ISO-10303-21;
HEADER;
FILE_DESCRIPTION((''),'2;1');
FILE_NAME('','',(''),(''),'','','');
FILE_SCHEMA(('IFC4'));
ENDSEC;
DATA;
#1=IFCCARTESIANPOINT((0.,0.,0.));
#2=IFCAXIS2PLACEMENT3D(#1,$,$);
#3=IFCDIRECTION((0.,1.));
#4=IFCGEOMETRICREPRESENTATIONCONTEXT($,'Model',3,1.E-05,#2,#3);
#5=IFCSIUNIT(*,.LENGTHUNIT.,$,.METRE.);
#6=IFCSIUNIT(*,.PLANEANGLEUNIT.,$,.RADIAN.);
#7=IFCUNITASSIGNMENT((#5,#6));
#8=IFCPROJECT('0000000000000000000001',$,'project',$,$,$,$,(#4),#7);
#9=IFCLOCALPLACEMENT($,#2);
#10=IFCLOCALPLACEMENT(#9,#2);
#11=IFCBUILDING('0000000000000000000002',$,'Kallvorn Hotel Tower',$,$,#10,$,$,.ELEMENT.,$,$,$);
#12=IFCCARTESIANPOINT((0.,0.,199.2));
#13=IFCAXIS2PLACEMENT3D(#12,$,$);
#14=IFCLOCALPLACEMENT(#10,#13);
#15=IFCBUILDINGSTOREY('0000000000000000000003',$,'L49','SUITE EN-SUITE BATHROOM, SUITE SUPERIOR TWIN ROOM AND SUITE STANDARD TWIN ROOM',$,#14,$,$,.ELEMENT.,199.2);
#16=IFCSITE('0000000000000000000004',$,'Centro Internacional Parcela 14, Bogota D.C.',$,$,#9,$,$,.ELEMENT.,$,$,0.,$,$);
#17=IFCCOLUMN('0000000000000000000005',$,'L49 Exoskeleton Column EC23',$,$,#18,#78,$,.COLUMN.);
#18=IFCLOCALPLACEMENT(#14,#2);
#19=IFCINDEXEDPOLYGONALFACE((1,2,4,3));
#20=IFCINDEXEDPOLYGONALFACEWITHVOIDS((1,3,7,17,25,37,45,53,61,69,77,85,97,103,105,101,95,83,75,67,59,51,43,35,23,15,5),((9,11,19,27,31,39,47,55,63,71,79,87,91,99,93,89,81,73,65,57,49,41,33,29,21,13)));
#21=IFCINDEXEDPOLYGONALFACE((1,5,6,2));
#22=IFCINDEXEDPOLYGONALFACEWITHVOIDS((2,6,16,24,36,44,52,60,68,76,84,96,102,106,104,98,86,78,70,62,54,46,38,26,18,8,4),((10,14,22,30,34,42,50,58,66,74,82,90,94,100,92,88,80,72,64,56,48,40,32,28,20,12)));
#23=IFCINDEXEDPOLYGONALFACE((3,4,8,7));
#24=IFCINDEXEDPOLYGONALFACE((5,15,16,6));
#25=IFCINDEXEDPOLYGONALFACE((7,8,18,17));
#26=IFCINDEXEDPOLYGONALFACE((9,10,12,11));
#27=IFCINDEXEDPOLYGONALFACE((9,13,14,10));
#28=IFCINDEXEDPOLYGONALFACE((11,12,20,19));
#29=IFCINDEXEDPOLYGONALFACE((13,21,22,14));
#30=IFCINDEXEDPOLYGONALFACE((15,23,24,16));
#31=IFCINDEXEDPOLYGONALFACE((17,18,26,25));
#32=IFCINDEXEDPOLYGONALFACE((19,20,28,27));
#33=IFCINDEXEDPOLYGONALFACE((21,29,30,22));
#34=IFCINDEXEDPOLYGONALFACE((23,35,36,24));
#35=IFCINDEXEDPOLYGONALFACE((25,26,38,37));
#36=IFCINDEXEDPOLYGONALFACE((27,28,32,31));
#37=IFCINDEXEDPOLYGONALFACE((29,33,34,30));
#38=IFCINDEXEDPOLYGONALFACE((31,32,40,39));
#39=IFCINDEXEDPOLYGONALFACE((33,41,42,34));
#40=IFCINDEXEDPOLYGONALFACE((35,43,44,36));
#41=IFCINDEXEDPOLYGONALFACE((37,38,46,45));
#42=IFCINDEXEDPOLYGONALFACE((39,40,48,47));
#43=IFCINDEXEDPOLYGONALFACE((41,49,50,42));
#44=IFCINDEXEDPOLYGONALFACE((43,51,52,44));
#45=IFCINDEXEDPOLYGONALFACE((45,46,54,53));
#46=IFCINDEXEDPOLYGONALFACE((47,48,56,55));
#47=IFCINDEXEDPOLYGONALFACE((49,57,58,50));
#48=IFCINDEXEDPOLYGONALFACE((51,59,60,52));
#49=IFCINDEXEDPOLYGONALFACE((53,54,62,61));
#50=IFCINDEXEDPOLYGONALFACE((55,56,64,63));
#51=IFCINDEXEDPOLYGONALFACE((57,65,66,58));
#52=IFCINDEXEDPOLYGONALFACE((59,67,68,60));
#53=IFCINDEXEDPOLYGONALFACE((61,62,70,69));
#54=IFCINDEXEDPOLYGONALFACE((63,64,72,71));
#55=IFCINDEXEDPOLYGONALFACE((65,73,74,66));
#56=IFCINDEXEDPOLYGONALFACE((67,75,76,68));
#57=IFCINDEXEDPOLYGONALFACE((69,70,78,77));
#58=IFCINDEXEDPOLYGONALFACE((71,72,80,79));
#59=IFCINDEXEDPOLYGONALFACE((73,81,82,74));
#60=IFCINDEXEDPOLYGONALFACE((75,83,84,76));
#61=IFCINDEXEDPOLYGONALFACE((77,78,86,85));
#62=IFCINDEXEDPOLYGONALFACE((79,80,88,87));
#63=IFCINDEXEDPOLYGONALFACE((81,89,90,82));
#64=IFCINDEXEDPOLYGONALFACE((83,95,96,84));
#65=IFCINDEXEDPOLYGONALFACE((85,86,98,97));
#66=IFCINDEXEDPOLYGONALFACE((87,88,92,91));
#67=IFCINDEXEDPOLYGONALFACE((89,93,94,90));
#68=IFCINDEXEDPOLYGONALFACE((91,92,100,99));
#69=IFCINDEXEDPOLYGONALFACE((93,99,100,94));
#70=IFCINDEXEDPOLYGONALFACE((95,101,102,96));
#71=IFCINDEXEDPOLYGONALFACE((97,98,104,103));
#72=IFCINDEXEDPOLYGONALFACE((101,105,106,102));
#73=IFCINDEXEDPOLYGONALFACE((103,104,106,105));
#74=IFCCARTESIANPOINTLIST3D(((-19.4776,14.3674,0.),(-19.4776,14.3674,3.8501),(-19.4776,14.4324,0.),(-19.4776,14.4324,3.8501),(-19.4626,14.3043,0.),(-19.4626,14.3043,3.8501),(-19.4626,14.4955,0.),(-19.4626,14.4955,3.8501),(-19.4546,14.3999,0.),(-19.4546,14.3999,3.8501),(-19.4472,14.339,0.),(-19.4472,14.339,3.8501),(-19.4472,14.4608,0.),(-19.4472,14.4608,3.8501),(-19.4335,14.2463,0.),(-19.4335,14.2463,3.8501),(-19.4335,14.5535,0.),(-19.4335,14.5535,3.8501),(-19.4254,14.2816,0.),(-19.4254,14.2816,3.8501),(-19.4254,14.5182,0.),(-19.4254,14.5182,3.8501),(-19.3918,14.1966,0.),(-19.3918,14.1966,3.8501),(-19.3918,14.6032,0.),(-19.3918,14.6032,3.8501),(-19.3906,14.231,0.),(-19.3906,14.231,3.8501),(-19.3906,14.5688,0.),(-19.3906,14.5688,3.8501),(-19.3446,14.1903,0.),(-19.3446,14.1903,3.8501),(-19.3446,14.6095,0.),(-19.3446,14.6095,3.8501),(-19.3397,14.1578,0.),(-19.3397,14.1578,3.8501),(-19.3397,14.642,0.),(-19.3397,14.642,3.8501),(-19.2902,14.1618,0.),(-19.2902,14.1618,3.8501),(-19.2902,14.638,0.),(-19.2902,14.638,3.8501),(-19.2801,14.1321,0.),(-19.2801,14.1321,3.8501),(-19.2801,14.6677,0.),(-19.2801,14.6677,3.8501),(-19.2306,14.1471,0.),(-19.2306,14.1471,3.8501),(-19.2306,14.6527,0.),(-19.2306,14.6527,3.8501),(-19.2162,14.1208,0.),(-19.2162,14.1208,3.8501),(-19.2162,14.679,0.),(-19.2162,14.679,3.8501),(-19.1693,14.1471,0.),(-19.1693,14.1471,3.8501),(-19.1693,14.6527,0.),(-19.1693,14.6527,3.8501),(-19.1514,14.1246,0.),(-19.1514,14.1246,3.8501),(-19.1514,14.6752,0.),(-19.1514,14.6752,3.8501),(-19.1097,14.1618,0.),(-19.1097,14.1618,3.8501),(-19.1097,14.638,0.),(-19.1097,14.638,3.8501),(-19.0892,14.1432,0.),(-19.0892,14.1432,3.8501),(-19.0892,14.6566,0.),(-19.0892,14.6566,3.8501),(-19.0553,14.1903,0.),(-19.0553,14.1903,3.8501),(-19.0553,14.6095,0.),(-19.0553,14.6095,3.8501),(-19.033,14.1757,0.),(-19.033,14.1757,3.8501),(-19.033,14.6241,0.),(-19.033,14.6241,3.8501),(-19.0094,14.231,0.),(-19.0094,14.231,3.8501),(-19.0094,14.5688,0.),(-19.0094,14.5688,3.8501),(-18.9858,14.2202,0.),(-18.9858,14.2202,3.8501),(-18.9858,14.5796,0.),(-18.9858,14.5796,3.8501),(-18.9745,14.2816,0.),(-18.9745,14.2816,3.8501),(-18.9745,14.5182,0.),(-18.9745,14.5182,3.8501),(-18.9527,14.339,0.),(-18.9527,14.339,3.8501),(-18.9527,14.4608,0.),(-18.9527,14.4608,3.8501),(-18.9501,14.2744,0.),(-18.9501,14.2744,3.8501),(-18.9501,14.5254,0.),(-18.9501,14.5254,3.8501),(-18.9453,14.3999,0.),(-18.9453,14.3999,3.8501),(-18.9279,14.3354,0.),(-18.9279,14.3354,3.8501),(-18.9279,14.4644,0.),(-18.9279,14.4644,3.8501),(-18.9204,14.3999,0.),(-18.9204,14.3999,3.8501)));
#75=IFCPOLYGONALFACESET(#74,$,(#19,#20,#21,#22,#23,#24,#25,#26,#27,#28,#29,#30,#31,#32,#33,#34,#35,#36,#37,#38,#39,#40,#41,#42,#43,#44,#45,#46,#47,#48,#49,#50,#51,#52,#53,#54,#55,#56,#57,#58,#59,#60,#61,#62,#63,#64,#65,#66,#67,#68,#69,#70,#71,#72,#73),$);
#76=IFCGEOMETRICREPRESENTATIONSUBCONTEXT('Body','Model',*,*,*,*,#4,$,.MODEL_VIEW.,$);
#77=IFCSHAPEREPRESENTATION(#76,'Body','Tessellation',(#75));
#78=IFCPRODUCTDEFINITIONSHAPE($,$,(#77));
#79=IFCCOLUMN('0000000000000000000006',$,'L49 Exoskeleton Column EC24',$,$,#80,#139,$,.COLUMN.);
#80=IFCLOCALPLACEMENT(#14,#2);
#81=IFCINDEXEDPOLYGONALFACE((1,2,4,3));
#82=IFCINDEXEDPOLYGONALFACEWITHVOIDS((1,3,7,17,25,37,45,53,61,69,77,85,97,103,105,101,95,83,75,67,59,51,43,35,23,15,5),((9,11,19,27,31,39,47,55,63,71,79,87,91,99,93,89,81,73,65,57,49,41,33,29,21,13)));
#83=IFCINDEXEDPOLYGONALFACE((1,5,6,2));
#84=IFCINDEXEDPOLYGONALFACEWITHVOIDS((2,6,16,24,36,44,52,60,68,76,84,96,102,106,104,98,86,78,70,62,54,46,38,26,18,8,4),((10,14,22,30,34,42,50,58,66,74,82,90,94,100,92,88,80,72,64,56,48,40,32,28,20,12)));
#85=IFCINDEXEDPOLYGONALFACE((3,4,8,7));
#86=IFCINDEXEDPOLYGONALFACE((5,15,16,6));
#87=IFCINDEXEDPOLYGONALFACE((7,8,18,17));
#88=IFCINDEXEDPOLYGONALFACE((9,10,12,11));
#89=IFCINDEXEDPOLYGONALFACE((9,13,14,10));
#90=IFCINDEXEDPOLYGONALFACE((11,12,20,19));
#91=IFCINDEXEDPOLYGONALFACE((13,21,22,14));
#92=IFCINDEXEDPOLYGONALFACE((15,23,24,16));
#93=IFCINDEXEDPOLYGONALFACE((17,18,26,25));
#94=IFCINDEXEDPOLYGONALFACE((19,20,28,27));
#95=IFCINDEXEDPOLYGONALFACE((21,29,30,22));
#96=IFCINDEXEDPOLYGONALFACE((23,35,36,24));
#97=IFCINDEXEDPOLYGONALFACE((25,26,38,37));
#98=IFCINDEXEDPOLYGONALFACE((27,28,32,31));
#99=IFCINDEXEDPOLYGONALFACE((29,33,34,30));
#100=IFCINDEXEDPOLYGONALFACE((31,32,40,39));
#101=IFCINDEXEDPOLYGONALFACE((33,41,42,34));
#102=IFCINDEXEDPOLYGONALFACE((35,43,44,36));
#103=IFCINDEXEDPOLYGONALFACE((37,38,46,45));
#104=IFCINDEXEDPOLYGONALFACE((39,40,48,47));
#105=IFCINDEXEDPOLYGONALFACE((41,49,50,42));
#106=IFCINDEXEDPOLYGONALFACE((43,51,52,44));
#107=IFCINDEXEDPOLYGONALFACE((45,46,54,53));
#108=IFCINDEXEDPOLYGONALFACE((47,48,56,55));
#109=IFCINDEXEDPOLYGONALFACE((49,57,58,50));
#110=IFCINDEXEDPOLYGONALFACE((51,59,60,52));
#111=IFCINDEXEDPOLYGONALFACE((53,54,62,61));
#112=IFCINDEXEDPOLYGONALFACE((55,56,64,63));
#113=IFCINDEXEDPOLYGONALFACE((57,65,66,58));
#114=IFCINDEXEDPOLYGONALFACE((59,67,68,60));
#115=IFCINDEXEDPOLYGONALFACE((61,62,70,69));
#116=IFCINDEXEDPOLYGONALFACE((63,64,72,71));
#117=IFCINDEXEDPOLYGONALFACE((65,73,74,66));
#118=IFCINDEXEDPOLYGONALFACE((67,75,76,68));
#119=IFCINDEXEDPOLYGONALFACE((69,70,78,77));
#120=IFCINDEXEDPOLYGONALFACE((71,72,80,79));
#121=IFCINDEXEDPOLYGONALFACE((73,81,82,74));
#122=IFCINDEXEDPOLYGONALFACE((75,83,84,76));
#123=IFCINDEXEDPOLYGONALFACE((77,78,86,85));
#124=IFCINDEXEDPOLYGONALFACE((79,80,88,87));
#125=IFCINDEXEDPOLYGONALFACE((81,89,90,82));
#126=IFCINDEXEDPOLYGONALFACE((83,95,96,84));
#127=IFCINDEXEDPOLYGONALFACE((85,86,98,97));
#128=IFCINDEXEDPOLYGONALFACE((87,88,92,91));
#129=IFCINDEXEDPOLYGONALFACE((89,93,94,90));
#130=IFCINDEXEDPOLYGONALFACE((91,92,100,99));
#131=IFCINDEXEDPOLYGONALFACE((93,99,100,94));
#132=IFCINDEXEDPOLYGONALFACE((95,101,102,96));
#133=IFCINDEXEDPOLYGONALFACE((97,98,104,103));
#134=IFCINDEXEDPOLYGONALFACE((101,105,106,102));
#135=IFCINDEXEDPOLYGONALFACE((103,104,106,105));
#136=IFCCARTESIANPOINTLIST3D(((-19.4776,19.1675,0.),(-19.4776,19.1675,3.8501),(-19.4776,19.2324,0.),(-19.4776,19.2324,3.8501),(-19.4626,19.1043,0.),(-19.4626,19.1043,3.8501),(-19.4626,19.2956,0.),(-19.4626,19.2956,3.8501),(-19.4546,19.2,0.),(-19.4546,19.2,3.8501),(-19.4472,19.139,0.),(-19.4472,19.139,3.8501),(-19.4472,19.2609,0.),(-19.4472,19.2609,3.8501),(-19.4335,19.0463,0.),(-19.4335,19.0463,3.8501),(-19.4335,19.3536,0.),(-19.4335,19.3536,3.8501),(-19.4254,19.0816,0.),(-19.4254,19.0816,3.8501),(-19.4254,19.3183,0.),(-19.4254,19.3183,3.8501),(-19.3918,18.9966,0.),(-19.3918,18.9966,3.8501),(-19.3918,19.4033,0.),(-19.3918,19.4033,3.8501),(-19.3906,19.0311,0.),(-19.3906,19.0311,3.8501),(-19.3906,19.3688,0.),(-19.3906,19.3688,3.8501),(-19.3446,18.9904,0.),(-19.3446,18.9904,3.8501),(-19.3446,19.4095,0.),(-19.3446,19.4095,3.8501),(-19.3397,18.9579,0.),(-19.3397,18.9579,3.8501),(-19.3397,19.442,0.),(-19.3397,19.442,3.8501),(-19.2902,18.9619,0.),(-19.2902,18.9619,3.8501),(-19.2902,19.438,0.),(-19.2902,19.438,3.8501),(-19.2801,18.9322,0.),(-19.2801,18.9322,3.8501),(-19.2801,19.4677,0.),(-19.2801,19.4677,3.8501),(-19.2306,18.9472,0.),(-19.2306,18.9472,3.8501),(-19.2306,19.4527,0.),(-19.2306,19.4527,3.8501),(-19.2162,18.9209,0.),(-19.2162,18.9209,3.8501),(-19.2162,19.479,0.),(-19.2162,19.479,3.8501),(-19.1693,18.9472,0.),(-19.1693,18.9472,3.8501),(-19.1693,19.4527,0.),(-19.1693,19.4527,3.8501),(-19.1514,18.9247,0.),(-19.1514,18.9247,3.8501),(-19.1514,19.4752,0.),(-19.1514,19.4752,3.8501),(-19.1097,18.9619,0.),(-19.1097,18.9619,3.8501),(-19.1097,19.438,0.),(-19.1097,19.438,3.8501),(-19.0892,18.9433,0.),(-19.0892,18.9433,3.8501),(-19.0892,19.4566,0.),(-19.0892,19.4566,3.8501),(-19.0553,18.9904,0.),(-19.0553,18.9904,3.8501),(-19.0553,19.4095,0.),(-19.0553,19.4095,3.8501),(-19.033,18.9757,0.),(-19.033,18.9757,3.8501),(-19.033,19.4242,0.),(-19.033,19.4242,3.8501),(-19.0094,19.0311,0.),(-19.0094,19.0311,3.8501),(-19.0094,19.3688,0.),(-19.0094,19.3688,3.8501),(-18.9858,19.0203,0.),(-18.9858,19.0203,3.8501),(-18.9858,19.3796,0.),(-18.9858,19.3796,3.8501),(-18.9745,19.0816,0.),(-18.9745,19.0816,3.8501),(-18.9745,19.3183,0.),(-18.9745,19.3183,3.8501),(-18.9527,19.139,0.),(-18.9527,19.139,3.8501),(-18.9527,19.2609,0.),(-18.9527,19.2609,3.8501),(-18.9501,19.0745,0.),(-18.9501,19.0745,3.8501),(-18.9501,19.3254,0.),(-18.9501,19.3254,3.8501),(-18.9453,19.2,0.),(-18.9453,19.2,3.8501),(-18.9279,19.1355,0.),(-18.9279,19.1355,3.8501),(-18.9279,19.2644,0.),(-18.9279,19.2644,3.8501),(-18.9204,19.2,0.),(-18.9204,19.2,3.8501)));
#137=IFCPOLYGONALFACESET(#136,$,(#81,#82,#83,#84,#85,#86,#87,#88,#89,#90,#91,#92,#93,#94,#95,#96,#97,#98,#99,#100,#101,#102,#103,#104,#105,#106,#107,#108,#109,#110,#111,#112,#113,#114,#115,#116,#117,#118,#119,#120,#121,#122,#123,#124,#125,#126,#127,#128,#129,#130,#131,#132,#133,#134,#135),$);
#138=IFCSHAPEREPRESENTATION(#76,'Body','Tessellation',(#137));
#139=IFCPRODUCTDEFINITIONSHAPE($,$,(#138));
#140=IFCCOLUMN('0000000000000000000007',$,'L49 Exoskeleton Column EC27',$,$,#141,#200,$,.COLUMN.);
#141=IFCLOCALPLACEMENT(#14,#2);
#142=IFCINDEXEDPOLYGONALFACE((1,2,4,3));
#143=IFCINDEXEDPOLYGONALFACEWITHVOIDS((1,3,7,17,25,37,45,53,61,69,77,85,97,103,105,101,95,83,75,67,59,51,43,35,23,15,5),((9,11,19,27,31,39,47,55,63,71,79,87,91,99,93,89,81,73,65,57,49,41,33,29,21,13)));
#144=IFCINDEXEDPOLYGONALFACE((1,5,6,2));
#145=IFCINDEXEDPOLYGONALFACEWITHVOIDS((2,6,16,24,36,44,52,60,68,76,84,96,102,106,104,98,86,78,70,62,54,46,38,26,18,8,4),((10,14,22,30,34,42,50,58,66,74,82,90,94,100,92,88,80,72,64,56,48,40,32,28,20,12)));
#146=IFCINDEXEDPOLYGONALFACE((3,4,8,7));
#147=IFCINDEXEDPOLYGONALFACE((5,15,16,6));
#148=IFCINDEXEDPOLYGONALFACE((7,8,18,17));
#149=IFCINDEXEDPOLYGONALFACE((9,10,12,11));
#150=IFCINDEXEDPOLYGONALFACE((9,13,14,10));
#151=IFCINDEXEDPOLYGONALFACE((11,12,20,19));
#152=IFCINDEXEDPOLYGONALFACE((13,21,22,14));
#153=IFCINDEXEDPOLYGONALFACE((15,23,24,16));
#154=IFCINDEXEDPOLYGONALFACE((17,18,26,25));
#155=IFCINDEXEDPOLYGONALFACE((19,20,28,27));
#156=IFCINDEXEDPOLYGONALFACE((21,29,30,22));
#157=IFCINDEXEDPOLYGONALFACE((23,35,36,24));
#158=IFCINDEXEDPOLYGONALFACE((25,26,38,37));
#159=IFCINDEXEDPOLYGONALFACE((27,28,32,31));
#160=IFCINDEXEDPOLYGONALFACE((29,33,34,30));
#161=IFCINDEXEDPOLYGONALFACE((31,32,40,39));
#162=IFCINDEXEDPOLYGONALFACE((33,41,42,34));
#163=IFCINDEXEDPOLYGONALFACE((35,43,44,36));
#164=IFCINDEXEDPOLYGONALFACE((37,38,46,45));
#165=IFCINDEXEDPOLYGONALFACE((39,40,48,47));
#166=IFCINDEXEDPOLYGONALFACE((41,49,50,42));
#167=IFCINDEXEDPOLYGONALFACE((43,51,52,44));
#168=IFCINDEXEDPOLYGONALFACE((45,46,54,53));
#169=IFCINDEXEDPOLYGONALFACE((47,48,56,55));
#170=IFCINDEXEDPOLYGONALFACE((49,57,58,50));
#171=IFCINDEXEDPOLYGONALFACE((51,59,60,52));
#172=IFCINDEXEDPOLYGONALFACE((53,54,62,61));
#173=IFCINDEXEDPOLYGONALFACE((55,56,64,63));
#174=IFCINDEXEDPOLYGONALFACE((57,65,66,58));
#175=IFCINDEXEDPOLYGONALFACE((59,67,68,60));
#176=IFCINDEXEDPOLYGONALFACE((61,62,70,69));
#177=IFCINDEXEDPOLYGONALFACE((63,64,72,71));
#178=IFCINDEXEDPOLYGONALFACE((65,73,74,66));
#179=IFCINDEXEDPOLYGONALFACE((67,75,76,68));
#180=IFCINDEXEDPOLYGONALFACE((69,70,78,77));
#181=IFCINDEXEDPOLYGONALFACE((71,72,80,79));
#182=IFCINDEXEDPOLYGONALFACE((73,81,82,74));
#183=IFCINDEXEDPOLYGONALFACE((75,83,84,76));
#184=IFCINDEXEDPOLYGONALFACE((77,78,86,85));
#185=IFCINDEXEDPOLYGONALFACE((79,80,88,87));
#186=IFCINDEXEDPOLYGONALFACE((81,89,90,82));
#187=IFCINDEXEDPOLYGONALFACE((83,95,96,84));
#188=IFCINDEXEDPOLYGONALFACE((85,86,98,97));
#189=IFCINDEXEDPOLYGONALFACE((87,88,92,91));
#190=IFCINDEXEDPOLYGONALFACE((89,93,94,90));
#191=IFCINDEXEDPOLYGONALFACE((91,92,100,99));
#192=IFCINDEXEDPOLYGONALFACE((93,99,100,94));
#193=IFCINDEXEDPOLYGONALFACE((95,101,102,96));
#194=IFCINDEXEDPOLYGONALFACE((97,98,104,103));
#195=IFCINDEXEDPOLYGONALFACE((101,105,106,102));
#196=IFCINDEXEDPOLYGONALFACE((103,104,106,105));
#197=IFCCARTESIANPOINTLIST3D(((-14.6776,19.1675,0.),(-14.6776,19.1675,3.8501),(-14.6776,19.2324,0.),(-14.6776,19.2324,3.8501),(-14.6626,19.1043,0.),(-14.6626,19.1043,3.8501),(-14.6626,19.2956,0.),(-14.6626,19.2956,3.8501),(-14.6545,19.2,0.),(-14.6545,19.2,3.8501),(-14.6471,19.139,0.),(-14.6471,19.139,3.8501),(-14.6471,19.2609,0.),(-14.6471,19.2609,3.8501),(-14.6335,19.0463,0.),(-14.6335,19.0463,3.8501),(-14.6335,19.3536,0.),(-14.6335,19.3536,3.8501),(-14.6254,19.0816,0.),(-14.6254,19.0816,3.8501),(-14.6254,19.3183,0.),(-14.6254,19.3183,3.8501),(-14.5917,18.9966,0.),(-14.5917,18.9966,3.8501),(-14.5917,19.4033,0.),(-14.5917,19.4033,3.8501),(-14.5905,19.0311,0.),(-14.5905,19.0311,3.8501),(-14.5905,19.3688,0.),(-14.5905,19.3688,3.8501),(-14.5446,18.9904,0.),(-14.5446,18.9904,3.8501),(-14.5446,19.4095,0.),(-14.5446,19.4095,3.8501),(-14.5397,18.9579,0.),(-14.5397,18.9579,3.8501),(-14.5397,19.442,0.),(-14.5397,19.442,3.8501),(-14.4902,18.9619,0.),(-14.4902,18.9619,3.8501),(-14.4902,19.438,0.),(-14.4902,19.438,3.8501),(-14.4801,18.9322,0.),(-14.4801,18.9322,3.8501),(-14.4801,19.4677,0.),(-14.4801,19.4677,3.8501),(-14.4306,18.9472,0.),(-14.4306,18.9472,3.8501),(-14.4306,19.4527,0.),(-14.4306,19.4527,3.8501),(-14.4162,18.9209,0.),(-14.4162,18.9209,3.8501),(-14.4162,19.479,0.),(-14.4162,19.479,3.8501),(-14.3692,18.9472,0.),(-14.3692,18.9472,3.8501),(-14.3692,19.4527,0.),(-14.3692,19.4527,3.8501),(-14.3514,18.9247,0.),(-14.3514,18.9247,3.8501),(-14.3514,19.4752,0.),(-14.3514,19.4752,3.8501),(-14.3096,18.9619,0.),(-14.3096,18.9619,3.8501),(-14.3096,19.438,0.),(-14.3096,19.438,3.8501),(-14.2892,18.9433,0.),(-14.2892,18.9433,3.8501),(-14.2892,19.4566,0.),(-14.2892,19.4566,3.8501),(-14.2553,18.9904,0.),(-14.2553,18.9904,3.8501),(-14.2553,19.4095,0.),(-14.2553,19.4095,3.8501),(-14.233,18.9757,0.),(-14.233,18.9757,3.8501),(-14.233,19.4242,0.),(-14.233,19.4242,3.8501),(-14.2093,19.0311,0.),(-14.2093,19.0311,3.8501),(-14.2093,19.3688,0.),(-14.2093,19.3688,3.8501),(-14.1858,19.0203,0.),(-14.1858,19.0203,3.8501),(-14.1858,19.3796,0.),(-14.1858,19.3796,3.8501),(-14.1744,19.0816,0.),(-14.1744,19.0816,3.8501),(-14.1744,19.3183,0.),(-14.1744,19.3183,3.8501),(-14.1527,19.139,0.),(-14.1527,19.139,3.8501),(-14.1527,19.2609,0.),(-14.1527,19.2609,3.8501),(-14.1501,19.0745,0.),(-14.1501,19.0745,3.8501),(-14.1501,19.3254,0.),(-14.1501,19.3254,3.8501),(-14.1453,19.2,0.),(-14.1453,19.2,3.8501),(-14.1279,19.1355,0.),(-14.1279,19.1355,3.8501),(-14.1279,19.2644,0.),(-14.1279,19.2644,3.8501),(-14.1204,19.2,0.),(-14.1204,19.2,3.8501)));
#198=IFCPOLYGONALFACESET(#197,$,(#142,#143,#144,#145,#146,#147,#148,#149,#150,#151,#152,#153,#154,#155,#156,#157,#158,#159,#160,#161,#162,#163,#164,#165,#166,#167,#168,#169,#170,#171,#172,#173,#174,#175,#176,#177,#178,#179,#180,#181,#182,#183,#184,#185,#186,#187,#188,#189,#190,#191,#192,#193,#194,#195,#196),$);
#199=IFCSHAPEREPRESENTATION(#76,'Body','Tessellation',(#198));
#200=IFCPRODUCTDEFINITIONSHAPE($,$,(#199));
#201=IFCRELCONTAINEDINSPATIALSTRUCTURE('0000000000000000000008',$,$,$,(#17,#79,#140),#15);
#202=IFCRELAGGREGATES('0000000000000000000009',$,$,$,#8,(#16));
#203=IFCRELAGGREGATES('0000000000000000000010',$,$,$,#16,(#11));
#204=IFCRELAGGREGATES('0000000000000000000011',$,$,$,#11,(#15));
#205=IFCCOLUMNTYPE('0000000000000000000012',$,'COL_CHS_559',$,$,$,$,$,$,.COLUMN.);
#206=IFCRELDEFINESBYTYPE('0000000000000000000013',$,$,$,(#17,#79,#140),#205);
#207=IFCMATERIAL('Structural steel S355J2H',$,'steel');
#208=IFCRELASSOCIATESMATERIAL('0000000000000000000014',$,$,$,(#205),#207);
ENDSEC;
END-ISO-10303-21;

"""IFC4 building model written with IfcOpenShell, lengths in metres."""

from ifc_helpers import new_model, si_unit, direction, frame, origin, origin_2d, place, context, subcontext, project, spatial, hollow_circle, extrude, material, material_profile, profile_set, type_object, element, save


model = new_model("IFC4")

# Units and contexts
model_context = context("Model", 3, precision=1e-05, world=origin(), true_north=direction((0.0, 1.0)))
body_context = subcontext(model_context, "Body", "Model", "MODEL_VIEW")
ifc_project = project(units=[si_unit("LENGTHUNIT", "METRE"), si_unit("PLANEANGLEUNIT", "RADIAN")], contexts=[model_context])

# Site, building, storey
site_placement = place(None, origin())
site = spatial("IfcSite", under=ifc_project, at=site_placement, Name="Centro Internacional Parcela 14, Bogota D.C.", CompositionType="ELEMENT", RefElevation=0.0)
building_placement = place(site_placement, origin())
building = spatial("IfcBuilding", under=site, at=building_placement, Name="Kallvorn Hotel Tower", CompositionType="ELEMENT")
storey_placement = place(building_placement, frame((0.0, 0.0, 199.2)))
storey = spatial("IfcBuildingStorey", under=building, at=storey_placement, Name="L49", Description="SUITE EN-SUITE BATHROOM, SUITE SUPERIOR TWIN ROOM AND SUITE STANDARD TWIN ROOM", CompositionType="ELEMENT", Elevation=199.2)

# Columns
ifc_material_1 = material(Name="Structural steel S355J2H", Category="steel")
ifc_material_profile_1 = material_profile(ifc_material_1, hollow_circle(Radius=0.2795, WallThickness=0.0249, at=origin_2d()), Name="CHS 559x25")
ifc_profile_set_1 = profile_set([ifc_material_profile_1], Name="Structural steel S355J2H")
column_type_1 = type_object("IfcColumnType", Name="COL_CHS_559", PredefinedType="COLUMN", material=ifc_profile_set_1)
for number, where, z_axis, x_axis, name in (
    (1, (-19.2, 14.3999, 0.0), (0.0, 0.0, 1.0), (1.0, 0.0, 0.0), "L49 Exoskeleton Column EC23"),
    (2, (-19.2, 19.2, 0.0), (0.0, 0.0, 1.0), (1.0, 0.0, 0.0), "L49 Exoskeleton Column EC24"),
    (3, (-14.3999, 19.2, 0.0), (0.0, 0.0, 1.0), (1.0, 0.0, 0.0), "L49 Exoskeleton Column EC27"),
):
    element("IfcColumn", number, at=place(storey_placement, frame(where, z_axis=z_axis, x_axis=x_axis)), inside=storey, type_object=column_type_1, Name=name, PredefinedType="COLUMN", context=body_context, shape_type="SweptSolid", body=[
        extrude(hollow_circle(Radius=0.2795, WallThickness=0.0249, at=origin_2d()), origin(), (0.0, 0.0, 1.0), 3.8501),
    ])

save(model, "model.ifc")
